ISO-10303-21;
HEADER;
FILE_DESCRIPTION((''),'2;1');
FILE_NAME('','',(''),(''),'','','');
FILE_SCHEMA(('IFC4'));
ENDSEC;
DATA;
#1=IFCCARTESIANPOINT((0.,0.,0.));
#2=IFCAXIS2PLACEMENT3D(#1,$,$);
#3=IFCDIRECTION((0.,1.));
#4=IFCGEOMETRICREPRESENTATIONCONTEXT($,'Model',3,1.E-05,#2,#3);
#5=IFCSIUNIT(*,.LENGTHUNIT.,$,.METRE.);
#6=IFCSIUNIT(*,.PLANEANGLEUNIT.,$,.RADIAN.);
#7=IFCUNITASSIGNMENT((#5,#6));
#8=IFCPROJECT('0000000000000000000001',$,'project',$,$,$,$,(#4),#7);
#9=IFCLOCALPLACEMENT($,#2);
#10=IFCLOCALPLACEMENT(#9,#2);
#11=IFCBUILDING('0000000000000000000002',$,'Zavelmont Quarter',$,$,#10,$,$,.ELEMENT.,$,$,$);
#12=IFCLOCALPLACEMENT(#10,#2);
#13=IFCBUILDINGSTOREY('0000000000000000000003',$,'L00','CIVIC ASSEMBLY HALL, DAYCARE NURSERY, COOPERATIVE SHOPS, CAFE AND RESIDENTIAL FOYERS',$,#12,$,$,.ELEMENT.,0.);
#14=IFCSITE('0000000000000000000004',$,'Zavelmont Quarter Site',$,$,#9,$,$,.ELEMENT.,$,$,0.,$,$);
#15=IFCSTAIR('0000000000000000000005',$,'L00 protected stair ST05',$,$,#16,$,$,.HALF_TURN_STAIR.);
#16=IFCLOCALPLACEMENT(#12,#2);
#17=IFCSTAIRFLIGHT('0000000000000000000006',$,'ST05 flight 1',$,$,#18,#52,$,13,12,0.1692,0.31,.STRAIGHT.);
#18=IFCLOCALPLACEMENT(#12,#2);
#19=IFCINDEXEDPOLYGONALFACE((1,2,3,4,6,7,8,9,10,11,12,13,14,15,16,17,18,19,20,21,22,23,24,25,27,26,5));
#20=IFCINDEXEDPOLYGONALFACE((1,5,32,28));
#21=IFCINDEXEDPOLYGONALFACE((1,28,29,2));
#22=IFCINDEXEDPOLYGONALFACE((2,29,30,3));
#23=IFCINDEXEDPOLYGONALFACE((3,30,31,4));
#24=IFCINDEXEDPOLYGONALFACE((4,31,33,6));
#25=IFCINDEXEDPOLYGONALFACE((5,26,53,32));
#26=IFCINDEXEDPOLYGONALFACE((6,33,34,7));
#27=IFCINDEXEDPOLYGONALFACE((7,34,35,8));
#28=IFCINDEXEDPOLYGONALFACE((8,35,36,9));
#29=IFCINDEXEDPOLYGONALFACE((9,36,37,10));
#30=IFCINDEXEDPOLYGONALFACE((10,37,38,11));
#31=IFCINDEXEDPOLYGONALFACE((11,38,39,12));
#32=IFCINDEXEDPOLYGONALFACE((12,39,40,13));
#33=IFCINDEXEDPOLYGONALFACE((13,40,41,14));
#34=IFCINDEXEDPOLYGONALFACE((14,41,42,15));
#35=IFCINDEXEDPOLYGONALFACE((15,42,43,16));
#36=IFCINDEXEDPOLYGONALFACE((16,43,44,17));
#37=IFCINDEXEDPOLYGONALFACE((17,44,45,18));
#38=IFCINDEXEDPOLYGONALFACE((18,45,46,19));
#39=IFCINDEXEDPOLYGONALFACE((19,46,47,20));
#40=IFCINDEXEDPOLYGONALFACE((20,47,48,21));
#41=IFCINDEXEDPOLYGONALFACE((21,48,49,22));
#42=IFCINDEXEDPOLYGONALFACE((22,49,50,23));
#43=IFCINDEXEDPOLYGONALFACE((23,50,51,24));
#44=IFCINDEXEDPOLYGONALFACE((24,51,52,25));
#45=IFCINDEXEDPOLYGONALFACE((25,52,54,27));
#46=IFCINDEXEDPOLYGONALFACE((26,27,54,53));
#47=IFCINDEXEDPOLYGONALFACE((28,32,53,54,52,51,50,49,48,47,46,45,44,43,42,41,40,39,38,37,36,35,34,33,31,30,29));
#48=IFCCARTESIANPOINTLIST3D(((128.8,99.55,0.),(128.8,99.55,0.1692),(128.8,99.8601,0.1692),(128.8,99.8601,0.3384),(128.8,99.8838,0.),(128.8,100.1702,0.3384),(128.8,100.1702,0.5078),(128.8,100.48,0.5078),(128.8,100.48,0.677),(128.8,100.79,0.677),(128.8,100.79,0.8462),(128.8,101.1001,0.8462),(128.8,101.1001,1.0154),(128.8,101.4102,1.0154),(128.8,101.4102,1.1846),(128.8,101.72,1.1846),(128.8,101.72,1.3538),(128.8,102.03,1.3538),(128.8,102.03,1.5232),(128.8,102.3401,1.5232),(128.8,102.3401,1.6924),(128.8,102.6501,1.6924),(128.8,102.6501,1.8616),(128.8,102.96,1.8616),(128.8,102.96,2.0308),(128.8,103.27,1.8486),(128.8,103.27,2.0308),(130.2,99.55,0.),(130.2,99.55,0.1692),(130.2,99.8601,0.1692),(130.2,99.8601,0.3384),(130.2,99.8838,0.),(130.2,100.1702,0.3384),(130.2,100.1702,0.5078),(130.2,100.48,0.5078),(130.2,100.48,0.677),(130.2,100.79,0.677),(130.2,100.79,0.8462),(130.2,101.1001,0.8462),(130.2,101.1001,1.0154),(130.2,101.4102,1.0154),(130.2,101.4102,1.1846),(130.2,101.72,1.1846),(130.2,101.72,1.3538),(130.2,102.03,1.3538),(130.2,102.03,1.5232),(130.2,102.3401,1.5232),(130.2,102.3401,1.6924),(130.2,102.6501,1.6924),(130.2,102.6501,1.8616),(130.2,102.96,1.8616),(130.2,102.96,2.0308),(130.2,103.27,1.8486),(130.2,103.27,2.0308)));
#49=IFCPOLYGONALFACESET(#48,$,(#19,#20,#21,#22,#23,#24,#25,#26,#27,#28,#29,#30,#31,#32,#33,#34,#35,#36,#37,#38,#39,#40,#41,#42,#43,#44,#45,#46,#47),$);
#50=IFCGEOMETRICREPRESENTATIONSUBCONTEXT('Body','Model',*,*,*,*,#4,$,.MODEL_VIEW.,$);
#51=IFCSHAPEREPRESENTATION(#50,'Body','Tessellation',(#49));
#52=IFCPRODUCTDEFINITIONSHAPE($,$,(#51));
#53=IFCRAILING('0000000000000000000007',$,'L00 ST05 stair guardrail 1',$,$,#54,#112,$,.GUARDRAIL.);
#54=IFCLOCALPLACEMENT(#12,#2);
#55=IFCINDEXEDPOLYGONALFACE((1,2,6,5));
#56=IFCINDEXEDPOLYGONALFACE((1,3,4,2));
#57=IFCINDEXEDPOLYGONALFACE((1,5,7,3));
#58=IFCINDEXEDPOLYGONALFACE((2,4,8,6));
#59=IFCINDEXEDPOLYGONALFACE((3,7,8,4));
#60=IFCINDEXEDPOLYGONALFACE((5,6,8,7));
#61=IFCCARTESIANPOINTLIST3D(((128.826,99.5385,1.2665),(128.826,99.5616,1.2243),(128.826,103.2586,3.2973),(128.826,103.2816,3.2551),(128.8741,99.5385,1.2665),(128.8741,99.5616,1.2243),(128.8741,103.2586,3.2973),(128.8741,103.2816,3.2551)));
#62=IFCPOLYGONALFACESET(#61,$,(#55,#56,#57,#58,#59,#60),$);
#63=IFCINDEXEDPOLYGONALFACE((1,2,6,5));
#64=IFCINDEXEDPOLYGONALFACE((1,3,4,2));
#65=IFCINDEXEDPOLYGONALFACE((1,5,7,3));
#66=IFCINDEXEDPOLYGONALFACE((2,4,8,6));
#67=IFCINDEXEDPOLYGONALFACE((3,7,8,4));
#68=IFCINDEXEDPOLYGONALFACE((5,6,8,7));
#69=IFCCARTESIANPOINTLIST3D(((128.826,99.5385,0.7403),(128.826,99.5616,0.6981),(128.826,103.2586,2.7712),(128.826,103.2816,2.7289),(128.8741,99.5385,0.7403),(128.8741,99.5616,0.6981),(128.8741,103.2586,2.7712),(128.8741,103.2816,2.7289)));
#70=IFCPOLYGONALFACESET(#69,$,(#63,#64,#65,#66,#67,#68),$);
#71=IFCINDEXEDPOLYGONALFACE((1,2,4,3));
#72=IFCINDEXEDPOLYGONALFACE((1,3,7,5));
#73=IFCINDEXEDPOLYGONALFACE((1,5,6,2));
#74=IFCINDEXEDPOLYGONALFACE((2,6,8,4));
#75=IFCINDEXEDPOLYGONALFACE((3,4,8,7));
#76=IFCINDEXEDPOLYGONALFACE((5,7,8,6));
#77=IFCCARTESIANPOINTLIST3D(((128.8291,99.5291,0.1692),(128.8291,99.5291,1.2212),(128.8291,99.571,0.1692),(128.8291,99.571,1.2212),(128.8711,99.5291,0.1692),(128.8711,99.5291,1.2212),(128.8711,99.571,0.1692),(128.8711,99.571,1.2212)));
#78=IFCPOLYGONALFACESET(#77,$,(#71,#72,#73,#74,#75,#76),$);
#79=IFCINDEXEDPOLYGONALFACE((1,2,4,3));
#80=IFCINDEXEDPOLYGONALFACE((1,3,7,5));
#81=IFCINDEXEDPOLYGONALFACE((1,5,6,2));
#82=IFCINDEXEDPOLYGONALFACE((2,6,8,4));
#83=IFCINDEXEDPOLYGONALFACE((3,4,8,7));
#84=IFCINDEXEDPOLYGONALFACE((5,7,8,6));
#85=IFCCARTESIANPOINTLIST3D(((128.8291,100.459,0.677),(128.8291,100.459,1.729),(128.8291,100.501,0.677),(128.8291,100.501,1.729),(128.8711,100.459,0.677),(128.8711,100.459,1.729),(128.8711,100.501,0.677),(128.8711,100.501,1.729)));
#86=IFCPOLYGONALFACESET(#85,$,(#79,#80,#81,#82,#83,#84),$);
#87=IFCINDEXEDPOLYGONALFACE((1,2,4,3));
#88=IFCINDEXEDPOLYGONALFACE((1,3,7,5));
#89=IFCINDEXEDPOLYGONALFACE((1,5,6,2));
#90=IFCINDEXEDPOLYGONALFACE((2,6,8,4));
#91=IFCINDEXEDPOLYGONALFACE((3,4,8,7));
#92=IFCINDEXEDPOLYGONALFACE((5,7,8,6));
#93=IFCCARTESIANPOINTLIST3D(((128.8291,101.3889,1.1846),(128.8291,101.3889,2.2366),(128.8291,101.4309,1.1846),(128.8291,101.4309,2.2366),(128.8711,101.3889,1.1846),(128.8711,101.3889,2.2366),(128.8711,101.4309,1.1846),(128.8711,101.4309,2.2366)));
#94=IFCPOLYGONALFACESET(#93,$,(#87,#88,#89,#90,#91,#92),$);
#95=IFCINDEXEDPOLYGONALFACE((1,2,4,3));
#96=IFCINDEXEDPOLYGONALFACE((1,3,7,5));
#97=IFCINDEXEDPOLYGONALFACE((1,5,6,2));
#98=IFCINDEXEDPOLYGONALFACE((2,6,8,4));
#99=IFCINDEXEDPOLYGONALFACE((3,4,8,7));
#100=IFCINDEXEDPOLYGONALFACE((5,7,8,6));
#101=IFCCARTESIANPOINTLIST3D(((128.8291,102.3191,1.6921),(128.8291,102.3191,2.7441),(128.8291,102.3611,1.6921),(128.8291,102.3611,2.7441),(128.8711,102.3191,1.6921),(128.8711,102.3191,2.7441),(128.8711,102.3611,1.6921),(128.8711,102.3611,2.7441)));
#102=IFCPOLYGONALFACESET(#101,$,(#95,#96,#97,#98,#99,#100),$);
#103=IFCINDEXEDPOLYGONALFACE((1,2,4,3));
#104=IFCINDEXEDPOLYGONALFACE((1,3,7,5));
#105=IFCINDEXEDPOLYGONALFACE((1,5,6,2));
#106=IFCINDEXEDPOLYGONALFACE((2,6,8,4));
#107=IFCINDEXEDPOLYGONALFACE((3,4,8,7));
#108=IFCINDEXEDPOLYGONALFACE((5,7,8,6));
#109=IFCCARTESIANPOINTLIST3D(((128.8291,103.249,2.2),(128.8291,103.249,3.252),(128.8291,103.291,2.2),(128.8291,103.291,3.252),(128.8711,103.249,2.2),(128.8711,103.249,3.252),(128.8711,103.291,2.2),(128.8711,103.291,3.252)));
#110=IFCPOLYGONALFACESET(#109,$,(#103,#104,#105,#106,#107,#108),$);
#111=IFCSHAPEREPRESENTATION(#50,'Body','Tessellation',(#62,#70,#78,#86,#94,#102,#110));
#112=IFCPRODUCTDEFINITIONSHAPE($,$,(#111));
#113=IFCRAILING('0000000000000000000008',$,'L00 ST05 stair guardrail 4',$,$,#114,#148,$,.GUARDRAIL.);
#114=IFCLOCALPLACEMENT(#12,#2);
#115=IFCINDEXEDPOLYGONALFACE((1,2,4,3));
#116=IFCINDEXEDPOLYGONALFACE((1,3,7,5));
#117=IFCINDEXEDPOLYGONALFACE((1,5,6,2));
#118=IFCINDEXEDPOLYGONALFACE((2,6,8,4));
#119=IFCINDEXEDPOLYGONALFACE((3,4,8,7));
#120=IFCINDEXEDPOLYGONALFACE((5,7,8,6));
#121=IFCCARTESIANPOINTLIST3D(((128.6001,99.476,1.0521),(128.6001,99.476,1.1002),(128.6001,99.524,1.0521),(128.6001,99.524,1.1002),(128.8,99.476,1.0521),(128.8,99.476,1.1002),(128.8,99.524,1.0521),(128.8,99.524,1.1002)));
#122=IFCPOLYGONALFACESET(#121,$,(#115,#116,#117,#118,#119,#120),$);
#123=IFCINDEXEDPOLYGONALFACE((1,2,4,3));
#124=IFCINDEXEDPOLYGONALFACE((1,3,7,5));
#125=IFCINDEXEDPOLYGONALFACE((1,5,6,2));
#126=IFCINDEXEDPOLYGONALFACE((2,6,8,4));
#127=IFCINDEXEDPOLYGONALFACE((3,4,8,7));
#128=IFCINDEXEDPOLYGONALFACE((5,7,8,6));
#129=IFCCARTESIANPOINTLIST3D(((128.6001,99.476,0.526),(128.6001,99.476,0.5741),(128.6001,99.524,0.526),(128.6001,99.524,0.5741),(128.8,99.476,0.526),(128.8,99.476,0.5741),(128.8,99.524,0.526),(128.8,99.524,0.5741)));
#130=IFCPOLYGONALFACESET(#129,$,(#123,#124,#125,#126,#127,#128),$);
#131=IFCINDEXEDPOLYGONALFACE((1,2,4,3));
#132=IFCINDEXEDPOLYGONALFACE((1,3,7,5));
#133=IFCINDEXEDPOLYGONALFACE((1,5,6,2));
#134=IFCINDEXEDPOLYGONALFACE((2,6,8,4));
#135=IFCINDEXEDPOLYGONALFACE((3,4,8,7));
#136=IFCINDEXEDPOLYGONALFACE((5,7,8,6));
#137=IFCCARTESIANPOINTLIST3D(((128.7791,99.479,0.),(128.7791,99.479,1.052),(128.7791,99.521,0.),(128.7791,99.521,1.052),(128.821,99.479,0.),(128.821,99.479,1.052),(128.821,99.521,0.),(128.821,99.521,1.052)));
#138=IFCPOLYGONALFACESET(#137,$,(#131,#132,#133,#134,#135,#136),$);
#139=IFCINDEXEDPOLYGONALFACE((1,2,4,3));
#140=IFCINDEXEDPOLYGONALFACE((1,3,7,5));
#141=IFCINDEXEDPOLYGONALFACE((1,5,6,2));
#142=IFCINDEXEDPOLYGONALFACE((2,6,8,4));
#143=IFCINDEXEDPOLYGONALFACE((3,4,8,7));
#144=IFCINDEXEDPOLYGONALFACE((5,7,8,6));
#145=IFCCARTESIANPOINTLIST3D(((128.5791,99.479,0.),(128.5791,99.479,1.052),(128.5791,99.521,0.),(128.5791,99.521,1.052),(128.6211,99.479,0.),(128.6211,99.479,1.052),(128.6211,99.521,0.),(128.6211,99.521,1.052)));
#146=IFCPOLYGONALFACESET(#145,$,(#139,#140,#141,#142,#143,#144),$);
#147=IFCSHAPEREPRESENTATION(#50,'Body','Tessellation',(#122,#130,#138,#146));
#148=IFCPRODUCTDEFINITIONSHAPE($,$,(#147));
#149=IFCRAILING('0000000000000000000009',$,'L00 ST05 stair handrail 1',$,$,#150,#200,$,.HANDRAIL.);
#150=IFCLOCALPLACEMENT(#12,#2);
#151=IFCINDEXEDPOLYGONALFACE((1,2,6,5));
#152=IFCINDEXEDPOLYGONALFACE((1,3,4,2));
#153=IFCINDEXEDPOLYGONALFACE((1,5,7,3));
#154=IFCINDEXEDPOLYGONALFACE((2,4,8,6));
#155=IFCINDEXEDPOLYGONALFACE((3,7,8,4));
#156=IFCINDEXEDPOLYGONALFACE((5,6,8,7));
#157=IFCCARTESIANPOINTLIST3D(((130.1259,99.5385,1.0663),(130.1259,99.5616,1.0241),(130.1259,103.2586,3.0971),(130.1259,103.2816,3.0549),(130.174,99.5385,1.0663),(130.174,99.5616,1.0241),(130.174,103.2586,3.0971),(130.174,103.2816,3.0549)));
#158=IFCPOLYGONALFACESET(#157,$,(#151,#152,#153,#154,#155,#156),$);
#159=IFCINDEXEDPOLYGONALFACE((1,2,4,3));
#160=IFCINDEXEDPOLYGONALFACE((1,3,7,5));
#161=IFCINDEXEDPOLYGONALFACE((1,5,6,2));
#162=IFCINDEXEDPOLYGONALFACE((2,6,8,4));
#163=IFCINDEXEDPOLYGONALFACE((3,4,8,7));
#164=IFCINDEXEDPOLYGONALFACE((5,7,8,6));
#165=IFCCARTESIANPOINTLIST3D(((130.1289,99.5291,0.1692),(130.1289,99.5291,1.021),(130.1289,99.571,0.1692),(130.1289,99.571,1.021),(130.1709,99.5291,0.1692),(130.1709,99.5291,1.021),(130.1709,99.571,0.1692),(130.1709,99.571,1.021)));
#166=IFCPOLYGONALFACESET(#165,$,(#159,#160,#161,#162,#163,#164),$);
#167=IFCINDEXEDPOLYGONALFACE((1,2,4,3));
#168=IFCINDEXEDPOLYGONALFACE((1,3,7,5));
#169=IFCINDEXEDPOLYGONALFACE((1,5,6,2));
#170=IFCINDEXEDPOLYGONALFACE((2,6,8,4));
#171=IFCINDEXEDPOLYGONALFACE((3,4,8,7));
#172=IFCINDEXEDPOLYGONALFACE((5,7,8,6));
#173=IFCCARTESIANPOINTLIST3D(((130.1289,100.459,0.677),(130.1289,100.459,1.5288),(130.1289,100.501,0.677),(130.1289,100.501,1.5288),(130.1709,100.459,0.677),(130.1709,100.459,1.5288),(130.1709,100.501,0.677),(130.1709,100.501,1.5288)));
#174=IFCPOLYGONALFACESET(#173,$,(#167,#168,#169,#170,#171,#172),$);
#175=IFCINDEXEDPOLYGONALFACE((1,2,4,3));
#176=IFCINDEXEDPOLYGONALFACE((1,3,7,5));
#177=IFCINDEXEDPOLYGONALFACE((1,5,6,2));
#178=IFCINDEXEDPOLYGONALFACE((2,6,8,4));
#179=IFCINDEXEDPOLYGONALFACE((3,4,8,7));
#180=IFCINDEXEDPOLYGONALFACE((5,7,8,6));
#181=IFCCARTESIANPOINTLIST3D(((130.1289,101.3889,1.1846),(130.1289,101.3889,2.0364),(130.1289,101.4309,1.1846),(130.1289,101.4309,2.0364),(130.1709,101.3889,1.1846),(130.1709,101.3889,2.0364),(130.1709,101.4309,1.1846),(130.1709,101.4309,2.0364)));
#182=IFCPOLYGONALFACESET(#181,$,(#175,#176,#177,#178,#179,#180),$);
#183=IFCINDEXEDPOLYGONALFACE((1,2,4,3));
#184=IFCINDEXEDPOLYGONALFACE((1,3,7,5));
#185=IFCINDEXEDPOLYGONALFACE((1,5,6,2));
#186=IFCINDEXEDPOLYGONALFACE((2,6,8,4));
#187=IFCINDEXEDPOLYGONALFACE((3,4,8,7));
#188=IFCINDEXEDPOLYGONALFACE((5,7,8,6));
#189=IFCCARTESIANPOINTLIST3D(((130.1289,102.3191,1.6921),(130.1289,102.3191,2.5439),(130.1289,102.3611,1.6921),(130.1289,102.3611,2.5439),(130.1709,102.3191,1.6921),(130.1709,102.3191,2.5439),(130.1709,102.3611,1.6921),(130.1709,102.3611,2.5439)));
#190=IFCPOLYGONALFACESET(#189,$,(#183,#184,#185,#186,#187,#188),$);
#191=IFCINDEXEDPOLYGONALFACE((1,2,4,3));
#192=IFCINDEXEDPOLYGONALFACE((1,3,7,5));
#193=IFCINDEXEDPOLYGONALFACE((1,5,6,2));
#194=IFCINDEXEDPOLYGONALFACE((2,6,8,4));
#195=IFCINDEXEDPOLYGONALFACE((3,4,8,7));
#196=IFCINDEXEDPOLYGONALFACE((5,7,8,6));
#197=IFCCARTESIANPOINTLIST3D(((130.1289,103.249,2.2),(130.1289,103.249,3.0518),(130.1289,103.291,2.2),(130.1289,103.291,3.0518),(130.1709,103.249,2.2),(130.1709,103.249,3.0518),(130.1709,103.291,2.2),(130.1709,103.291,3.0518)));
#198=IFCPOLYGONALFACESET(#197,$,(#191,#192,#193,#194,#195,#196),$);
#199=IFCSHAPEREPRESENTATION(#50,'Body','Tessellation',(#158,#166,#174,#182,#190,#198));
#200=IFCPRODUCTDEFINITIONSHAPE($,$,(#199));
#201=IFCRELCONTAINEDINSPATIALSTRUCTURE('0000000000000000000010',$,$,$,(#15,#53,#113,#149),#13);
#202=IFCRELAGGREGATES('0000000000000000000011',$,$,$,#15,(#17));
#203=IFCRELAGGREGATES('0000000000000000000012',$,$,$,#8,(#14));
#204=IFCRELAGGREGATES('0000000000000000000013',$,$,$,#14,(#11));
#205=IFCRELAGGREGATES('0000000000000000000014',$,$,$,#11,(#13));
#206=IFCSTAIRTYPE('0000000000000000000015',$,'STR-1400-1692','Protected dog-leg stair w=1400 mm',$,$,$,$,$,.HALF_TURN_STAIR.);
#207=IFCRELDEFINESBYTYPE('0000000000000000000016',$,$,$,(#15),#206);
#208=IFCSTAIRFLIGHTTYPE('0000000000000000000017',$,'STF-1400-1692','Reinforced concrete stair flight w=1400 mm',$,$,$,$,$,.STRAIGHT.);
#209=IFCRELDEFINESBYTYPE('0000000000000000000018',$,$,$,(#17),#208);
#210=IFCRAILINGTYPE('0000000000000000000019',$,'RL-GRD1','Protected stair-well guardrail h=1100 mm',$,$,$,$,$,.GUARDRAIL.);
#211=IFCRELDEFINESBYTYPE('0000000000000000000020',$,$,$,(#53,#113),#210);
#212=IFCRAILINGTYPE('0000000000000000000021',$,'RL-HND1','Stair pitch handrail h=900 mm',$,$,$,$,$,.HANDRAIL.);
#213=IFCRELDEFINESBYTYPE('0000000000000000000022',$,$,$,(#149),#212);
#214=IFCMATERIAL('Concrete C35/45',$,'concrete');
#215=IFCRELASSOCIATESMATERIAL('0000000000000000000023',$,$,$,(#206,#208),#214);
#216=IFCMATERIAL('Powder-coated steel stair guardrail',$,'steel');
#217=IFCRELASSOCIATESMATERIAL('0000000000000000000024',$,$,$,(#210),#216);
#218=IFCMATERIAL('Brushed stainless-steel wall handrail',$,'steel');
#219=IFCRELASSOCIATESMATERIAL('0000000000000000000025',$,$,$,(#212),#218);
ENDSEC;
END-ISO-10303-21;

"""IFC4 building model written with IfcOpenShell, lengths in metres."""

from ifc_helpers import new_model, si_unit, direction, frame, origin, origin_2d, place, context, subcontext, project, spatial, polyline, rectangle, outline, extrude, material, type_object, element, aggregate, save


model = new_model("IFC4")

# Units and contexts
model_context = context("Model", 3, precision=1e-05, world=origin(), true_north=direction((0.0, 1.0)))
body_context = subcontext(model_context, "Body", "Model", "MODEL_VIEW")
ifc_project = project(units=[si_unit("LENGTHUNIT", "METRE"), si_unit("PLANEANGLEUNIT", "RADIAN")], contexts=[model_context])

# Site, building, storey
site_placement = place(None, origin())
site = spatial("IfcSite", under=ifc_project, at=site_placement, Name="Zavelmont Quarter Site", CompositionType="ELEMENT", RefElevation=0.0)
building_placement = place(site_placement, origin())
building = spatial("IfcBuilding", under=site, at=building_placement, Name="Zavelmont Quarter", CompositionType="ELEMENT")
storey_placement = place(building_placement, origin())
storey = spatial("IfcBuildingStorey", under=building, at=storey_placement, Name="L00", Description="CIVIC ASSEMBLY HALL, DAYCARE NURSERY, COOPERATIVE SHOPS, CAFE AND RESIDENTIAL FOYERS", CompositionType="ELEMENT", Elevation=0.0)

# Shared definitions
ifc_material_1 = material(Name="Concrete C35/45", Category="concrete")

# Stair, stair flight
stair_type = type_object("IfcStairType", Name="STR-1400-1692", Description="Protected dog-leg stair w=1400 mm", PredefinedType="HALF_TURN_STAIR", material=ifc_material_1)
stair_placement = place(storey_placement, origin())
stair = element("IfcStair", 1, at=stair_placement, inside=storey, type_object=stair_type, Name="L00 protected stair ST05", PredefinedType="HALF_TURN_STAIR")
stair_flight_type = type_object("IfcStairFlightType", Name="STF-1400-1692", Description="Reinforced concrete stair flight w=1400 mm", PredefinedType="STRAIGHT", material=ifc_material_1)
stair_flight_placement = place(storey_placement, frame((129.5, 99.55, 0.0), z_axis=(0.0, 0.0, 1.0), x_axis=(0.0, 1.0, 0.0)))
stair_flight = element("IfcStairFlight", 2, at=stair_flight_placement, type_object=stair_flight_type, Name="ST05 flight 1", NumberOfRisers=13, NumberOfTreads=12, PredefinedType="STRAIGHT", RiserHeight=0.1692, TreadLength=0.31, context=body_context, shape_type="SweptSolid", body=[
    extrude(outline(polyline([(0.0, 0.0), (0.0, 0.1692), (0.3101, 0.1692), (0.3101, 0.3384), (0.6201, 0.3384), (0.6201, 0.5078), (0.9299, 0.5078), (0.9299, 0.677), (1.24, 0.677), (1.24, 0.8462), (1.55, 0.8462), (1.55, 1.0154), (1.8601, 1.0154), (1.8601, 1.1846), (2.1699, 1.1846), (2.1699, 1.3538), (2.48, 1.3538), (2.48, 1.5232), (2.79, 1.5232), (2.79, 1.6924), (3.1001, 1.6924), (3.1001, 1.8616), (3.4099, 1.8616), (3.4099, 2.0308), (3.72, 2.0308), (3.72, 2.2), (3.72, 1.8486), (0.3337, 0.0), (0.0, 0.0)])), frame((0.0, 0.7, 0.0), z_axis=(0.0, -1.0, 0.0), x_axis=(1.0, 0.0, 0.0)), (0.0, 0.0, 1.0), 1.3999),
])
aggregate(stair, [stair_flight])

# Railings
ifc_material_2 = material(Name="Powder-coated steel stair guardrail", Category="steel")
railing_type_1 = type_object("IfcRailingType", Name="RL-GRD1", Description="Protected stair-well guardrail h=1100 mm", PredefinedType="GUARDRAIL", material=ifc_material_2)
railing_1_placement = place(storey_placement, frame((128.8501, 99.55, 0.1692)))
element("IfcRailing", 3, at=railing_1_placement, inside=storey, type_object=railing_type_1, Name="L00 ST05 stair guardrail 1", PredefinedType="GUARDRAIL", context=body_context, shape_type="SweptSolid", body=[
    extrude(rectangle(XDim=0.0481, YDim=0.0481, at=origin_2d()), frame((0.0, 0.0, 1.0762), z_axis=(0.0, 0.877728, 0.479159), x_axis=(-1.0, 0.0, 0.0)), (0.0, 0.0, 1.0), 4.2383),
    extrude(rectangle(XDim=0.0481, YDim=0.0481, at=origin_2d()), frame((0.0, 0.0, 0.55), z_axis=(0.0, 0.877728, 0.479159), x_axis=(-1.0, 0.0, 0.0)), (0.0, 0.0, 1.0), 4.2383),
    extrude(rectangle(XDim=0.042, YDim=0.042, at=origin_2d()), origin(), (0.0, 0.0, 1.0), 1.052),
    extrude(rectangle(XDim=0.042, YDim=0.042, at=origin_2d()), frame((0.0, 0.9299, 0.5078)), (0.0, 0.0, 1.0), 1.052),
    extrude(rectangle(XDim=0.042, YDim=0.042, at=origin_2d()), frame((0.0, 1.8599, 1.0154)), (0.0, 0.0, 1.0), 1.052),
    extrude(rectangle(XDim=0.042, YDim=0.042, at=origin_2d()), frame((0.0, 2.79, 1.5229)), (0.0, 0.0, 1.0), 1.052),
    extrude(rectangle(XDim=0.042, YDim=0.042, at=origin_2d()), frame((0.0, 3.72, 2.0308)), (0.0, 0.0, 1.0), 1.052),
])
railing_2_placement = place(storey_placement, frame((128.8, 99.5, 0.0)))
element("IfcRailing", 4, at=railing_2_placement, inside=storey, type_object=railing_type_1, Name="L00 ST05 stair guardrail 4", PredefinedType="GUARDRAIL", context=body_context, shape_type="SweptSolid", body=[
    extrude(rectangle(XDim=0.0481, YDim=0.0481, at=origin_2d()), frame((0.0, 0.0, 1.0762), z_axis=(-1.0, 0.0, 0.0), x_axis=(0.0, -1.0, 0.0)), (0.0, 0.0, 1.0), 0.2),
    extrude(rectangle(XDim=0.0481, YDim=0.0481, at=origin_2d()), frame((0.0, 0.0, 0.55), z_axis=(-1.0, 0.0, 0.0), x_axis=(0.0, -1.0, 0.0)), (0.0, 0.0, 1.0), 0.2),
    extrude(rectangle(XDim=0.042, YDim=0.042, at=origin_2d()), origin(), (0.0, 0.0, 1.0), 1.052),
    extrude(rectangle(XDim=0.042, YDim=0.042, at=origin_2d()), frame((-0.2, 0.0, 0.0)), (0.0, 0.0, 1.0), 1.052),
])
ifc_material_3 = material(Name="Brushed stainless-steel wall handrail", Category="steel")
railing_type_2 = type_object("IfcRailingType", Name="RL-HND1", Description="Stair pitch handrail h=900 mm", PredefinedType="HANDRAIL", material=ifc_material_3)
railing_3_placement = place(storey_placement, frame((130.1499, 99.55, 0.1692)))
element("IfcRailing", 5, at=railing_3_placement, inside=storey, type_object=railing_type_2, Name="L00 ST05 stair handrail 1", PredefinedType="HANDRAIL", context=body_context, shape_type="SweptSolid", body=[
    extrude(rectangle(XDim=0.0481, YDim=0.0481, at=origin_2d()), frame((0.0, 0.0, 0.876), z_axis=(0.0, 0.877728, 0.479159), x_axis=(-1.0, 0.0, 0.0)), (0.0, 0.0, 1.0), 4.2383),
    extrude(rectangle(XDim=0.042, YDim=0.042, at=origin_2d()), origin(), (0.0, 0.0, 1.0), 0.8518),
    extrude(rectangle(XDim=0.042, YDim=0.042, at=origin_2d()), frame((0.0, 0.9299, 0.5078)), (0.0, 0.0, 1.0), 0.8518),
    extrude(rectangle(XDim=0.042, YDim=0.042, at=origin_2d()), frame((0.0, 1.8599, 1.0154)), (0.0, 0.0, 1.0), 0.8518),
    extrude(rectangle(XDim=0.042, YDim=0.042, at=origin_2d()), frame((0.0, 2.79, 1.5229)), (0.0, 0.0, 1.0), 0.8518),
    extrude(rectangle(XDim=0.042, YDim=0.042, at=origin_2d()), frame((0.0, 3.72, 2.0308)), (0.0, 0.0, 1.0), 0.8518),
])

save(model, "model.ifc")
